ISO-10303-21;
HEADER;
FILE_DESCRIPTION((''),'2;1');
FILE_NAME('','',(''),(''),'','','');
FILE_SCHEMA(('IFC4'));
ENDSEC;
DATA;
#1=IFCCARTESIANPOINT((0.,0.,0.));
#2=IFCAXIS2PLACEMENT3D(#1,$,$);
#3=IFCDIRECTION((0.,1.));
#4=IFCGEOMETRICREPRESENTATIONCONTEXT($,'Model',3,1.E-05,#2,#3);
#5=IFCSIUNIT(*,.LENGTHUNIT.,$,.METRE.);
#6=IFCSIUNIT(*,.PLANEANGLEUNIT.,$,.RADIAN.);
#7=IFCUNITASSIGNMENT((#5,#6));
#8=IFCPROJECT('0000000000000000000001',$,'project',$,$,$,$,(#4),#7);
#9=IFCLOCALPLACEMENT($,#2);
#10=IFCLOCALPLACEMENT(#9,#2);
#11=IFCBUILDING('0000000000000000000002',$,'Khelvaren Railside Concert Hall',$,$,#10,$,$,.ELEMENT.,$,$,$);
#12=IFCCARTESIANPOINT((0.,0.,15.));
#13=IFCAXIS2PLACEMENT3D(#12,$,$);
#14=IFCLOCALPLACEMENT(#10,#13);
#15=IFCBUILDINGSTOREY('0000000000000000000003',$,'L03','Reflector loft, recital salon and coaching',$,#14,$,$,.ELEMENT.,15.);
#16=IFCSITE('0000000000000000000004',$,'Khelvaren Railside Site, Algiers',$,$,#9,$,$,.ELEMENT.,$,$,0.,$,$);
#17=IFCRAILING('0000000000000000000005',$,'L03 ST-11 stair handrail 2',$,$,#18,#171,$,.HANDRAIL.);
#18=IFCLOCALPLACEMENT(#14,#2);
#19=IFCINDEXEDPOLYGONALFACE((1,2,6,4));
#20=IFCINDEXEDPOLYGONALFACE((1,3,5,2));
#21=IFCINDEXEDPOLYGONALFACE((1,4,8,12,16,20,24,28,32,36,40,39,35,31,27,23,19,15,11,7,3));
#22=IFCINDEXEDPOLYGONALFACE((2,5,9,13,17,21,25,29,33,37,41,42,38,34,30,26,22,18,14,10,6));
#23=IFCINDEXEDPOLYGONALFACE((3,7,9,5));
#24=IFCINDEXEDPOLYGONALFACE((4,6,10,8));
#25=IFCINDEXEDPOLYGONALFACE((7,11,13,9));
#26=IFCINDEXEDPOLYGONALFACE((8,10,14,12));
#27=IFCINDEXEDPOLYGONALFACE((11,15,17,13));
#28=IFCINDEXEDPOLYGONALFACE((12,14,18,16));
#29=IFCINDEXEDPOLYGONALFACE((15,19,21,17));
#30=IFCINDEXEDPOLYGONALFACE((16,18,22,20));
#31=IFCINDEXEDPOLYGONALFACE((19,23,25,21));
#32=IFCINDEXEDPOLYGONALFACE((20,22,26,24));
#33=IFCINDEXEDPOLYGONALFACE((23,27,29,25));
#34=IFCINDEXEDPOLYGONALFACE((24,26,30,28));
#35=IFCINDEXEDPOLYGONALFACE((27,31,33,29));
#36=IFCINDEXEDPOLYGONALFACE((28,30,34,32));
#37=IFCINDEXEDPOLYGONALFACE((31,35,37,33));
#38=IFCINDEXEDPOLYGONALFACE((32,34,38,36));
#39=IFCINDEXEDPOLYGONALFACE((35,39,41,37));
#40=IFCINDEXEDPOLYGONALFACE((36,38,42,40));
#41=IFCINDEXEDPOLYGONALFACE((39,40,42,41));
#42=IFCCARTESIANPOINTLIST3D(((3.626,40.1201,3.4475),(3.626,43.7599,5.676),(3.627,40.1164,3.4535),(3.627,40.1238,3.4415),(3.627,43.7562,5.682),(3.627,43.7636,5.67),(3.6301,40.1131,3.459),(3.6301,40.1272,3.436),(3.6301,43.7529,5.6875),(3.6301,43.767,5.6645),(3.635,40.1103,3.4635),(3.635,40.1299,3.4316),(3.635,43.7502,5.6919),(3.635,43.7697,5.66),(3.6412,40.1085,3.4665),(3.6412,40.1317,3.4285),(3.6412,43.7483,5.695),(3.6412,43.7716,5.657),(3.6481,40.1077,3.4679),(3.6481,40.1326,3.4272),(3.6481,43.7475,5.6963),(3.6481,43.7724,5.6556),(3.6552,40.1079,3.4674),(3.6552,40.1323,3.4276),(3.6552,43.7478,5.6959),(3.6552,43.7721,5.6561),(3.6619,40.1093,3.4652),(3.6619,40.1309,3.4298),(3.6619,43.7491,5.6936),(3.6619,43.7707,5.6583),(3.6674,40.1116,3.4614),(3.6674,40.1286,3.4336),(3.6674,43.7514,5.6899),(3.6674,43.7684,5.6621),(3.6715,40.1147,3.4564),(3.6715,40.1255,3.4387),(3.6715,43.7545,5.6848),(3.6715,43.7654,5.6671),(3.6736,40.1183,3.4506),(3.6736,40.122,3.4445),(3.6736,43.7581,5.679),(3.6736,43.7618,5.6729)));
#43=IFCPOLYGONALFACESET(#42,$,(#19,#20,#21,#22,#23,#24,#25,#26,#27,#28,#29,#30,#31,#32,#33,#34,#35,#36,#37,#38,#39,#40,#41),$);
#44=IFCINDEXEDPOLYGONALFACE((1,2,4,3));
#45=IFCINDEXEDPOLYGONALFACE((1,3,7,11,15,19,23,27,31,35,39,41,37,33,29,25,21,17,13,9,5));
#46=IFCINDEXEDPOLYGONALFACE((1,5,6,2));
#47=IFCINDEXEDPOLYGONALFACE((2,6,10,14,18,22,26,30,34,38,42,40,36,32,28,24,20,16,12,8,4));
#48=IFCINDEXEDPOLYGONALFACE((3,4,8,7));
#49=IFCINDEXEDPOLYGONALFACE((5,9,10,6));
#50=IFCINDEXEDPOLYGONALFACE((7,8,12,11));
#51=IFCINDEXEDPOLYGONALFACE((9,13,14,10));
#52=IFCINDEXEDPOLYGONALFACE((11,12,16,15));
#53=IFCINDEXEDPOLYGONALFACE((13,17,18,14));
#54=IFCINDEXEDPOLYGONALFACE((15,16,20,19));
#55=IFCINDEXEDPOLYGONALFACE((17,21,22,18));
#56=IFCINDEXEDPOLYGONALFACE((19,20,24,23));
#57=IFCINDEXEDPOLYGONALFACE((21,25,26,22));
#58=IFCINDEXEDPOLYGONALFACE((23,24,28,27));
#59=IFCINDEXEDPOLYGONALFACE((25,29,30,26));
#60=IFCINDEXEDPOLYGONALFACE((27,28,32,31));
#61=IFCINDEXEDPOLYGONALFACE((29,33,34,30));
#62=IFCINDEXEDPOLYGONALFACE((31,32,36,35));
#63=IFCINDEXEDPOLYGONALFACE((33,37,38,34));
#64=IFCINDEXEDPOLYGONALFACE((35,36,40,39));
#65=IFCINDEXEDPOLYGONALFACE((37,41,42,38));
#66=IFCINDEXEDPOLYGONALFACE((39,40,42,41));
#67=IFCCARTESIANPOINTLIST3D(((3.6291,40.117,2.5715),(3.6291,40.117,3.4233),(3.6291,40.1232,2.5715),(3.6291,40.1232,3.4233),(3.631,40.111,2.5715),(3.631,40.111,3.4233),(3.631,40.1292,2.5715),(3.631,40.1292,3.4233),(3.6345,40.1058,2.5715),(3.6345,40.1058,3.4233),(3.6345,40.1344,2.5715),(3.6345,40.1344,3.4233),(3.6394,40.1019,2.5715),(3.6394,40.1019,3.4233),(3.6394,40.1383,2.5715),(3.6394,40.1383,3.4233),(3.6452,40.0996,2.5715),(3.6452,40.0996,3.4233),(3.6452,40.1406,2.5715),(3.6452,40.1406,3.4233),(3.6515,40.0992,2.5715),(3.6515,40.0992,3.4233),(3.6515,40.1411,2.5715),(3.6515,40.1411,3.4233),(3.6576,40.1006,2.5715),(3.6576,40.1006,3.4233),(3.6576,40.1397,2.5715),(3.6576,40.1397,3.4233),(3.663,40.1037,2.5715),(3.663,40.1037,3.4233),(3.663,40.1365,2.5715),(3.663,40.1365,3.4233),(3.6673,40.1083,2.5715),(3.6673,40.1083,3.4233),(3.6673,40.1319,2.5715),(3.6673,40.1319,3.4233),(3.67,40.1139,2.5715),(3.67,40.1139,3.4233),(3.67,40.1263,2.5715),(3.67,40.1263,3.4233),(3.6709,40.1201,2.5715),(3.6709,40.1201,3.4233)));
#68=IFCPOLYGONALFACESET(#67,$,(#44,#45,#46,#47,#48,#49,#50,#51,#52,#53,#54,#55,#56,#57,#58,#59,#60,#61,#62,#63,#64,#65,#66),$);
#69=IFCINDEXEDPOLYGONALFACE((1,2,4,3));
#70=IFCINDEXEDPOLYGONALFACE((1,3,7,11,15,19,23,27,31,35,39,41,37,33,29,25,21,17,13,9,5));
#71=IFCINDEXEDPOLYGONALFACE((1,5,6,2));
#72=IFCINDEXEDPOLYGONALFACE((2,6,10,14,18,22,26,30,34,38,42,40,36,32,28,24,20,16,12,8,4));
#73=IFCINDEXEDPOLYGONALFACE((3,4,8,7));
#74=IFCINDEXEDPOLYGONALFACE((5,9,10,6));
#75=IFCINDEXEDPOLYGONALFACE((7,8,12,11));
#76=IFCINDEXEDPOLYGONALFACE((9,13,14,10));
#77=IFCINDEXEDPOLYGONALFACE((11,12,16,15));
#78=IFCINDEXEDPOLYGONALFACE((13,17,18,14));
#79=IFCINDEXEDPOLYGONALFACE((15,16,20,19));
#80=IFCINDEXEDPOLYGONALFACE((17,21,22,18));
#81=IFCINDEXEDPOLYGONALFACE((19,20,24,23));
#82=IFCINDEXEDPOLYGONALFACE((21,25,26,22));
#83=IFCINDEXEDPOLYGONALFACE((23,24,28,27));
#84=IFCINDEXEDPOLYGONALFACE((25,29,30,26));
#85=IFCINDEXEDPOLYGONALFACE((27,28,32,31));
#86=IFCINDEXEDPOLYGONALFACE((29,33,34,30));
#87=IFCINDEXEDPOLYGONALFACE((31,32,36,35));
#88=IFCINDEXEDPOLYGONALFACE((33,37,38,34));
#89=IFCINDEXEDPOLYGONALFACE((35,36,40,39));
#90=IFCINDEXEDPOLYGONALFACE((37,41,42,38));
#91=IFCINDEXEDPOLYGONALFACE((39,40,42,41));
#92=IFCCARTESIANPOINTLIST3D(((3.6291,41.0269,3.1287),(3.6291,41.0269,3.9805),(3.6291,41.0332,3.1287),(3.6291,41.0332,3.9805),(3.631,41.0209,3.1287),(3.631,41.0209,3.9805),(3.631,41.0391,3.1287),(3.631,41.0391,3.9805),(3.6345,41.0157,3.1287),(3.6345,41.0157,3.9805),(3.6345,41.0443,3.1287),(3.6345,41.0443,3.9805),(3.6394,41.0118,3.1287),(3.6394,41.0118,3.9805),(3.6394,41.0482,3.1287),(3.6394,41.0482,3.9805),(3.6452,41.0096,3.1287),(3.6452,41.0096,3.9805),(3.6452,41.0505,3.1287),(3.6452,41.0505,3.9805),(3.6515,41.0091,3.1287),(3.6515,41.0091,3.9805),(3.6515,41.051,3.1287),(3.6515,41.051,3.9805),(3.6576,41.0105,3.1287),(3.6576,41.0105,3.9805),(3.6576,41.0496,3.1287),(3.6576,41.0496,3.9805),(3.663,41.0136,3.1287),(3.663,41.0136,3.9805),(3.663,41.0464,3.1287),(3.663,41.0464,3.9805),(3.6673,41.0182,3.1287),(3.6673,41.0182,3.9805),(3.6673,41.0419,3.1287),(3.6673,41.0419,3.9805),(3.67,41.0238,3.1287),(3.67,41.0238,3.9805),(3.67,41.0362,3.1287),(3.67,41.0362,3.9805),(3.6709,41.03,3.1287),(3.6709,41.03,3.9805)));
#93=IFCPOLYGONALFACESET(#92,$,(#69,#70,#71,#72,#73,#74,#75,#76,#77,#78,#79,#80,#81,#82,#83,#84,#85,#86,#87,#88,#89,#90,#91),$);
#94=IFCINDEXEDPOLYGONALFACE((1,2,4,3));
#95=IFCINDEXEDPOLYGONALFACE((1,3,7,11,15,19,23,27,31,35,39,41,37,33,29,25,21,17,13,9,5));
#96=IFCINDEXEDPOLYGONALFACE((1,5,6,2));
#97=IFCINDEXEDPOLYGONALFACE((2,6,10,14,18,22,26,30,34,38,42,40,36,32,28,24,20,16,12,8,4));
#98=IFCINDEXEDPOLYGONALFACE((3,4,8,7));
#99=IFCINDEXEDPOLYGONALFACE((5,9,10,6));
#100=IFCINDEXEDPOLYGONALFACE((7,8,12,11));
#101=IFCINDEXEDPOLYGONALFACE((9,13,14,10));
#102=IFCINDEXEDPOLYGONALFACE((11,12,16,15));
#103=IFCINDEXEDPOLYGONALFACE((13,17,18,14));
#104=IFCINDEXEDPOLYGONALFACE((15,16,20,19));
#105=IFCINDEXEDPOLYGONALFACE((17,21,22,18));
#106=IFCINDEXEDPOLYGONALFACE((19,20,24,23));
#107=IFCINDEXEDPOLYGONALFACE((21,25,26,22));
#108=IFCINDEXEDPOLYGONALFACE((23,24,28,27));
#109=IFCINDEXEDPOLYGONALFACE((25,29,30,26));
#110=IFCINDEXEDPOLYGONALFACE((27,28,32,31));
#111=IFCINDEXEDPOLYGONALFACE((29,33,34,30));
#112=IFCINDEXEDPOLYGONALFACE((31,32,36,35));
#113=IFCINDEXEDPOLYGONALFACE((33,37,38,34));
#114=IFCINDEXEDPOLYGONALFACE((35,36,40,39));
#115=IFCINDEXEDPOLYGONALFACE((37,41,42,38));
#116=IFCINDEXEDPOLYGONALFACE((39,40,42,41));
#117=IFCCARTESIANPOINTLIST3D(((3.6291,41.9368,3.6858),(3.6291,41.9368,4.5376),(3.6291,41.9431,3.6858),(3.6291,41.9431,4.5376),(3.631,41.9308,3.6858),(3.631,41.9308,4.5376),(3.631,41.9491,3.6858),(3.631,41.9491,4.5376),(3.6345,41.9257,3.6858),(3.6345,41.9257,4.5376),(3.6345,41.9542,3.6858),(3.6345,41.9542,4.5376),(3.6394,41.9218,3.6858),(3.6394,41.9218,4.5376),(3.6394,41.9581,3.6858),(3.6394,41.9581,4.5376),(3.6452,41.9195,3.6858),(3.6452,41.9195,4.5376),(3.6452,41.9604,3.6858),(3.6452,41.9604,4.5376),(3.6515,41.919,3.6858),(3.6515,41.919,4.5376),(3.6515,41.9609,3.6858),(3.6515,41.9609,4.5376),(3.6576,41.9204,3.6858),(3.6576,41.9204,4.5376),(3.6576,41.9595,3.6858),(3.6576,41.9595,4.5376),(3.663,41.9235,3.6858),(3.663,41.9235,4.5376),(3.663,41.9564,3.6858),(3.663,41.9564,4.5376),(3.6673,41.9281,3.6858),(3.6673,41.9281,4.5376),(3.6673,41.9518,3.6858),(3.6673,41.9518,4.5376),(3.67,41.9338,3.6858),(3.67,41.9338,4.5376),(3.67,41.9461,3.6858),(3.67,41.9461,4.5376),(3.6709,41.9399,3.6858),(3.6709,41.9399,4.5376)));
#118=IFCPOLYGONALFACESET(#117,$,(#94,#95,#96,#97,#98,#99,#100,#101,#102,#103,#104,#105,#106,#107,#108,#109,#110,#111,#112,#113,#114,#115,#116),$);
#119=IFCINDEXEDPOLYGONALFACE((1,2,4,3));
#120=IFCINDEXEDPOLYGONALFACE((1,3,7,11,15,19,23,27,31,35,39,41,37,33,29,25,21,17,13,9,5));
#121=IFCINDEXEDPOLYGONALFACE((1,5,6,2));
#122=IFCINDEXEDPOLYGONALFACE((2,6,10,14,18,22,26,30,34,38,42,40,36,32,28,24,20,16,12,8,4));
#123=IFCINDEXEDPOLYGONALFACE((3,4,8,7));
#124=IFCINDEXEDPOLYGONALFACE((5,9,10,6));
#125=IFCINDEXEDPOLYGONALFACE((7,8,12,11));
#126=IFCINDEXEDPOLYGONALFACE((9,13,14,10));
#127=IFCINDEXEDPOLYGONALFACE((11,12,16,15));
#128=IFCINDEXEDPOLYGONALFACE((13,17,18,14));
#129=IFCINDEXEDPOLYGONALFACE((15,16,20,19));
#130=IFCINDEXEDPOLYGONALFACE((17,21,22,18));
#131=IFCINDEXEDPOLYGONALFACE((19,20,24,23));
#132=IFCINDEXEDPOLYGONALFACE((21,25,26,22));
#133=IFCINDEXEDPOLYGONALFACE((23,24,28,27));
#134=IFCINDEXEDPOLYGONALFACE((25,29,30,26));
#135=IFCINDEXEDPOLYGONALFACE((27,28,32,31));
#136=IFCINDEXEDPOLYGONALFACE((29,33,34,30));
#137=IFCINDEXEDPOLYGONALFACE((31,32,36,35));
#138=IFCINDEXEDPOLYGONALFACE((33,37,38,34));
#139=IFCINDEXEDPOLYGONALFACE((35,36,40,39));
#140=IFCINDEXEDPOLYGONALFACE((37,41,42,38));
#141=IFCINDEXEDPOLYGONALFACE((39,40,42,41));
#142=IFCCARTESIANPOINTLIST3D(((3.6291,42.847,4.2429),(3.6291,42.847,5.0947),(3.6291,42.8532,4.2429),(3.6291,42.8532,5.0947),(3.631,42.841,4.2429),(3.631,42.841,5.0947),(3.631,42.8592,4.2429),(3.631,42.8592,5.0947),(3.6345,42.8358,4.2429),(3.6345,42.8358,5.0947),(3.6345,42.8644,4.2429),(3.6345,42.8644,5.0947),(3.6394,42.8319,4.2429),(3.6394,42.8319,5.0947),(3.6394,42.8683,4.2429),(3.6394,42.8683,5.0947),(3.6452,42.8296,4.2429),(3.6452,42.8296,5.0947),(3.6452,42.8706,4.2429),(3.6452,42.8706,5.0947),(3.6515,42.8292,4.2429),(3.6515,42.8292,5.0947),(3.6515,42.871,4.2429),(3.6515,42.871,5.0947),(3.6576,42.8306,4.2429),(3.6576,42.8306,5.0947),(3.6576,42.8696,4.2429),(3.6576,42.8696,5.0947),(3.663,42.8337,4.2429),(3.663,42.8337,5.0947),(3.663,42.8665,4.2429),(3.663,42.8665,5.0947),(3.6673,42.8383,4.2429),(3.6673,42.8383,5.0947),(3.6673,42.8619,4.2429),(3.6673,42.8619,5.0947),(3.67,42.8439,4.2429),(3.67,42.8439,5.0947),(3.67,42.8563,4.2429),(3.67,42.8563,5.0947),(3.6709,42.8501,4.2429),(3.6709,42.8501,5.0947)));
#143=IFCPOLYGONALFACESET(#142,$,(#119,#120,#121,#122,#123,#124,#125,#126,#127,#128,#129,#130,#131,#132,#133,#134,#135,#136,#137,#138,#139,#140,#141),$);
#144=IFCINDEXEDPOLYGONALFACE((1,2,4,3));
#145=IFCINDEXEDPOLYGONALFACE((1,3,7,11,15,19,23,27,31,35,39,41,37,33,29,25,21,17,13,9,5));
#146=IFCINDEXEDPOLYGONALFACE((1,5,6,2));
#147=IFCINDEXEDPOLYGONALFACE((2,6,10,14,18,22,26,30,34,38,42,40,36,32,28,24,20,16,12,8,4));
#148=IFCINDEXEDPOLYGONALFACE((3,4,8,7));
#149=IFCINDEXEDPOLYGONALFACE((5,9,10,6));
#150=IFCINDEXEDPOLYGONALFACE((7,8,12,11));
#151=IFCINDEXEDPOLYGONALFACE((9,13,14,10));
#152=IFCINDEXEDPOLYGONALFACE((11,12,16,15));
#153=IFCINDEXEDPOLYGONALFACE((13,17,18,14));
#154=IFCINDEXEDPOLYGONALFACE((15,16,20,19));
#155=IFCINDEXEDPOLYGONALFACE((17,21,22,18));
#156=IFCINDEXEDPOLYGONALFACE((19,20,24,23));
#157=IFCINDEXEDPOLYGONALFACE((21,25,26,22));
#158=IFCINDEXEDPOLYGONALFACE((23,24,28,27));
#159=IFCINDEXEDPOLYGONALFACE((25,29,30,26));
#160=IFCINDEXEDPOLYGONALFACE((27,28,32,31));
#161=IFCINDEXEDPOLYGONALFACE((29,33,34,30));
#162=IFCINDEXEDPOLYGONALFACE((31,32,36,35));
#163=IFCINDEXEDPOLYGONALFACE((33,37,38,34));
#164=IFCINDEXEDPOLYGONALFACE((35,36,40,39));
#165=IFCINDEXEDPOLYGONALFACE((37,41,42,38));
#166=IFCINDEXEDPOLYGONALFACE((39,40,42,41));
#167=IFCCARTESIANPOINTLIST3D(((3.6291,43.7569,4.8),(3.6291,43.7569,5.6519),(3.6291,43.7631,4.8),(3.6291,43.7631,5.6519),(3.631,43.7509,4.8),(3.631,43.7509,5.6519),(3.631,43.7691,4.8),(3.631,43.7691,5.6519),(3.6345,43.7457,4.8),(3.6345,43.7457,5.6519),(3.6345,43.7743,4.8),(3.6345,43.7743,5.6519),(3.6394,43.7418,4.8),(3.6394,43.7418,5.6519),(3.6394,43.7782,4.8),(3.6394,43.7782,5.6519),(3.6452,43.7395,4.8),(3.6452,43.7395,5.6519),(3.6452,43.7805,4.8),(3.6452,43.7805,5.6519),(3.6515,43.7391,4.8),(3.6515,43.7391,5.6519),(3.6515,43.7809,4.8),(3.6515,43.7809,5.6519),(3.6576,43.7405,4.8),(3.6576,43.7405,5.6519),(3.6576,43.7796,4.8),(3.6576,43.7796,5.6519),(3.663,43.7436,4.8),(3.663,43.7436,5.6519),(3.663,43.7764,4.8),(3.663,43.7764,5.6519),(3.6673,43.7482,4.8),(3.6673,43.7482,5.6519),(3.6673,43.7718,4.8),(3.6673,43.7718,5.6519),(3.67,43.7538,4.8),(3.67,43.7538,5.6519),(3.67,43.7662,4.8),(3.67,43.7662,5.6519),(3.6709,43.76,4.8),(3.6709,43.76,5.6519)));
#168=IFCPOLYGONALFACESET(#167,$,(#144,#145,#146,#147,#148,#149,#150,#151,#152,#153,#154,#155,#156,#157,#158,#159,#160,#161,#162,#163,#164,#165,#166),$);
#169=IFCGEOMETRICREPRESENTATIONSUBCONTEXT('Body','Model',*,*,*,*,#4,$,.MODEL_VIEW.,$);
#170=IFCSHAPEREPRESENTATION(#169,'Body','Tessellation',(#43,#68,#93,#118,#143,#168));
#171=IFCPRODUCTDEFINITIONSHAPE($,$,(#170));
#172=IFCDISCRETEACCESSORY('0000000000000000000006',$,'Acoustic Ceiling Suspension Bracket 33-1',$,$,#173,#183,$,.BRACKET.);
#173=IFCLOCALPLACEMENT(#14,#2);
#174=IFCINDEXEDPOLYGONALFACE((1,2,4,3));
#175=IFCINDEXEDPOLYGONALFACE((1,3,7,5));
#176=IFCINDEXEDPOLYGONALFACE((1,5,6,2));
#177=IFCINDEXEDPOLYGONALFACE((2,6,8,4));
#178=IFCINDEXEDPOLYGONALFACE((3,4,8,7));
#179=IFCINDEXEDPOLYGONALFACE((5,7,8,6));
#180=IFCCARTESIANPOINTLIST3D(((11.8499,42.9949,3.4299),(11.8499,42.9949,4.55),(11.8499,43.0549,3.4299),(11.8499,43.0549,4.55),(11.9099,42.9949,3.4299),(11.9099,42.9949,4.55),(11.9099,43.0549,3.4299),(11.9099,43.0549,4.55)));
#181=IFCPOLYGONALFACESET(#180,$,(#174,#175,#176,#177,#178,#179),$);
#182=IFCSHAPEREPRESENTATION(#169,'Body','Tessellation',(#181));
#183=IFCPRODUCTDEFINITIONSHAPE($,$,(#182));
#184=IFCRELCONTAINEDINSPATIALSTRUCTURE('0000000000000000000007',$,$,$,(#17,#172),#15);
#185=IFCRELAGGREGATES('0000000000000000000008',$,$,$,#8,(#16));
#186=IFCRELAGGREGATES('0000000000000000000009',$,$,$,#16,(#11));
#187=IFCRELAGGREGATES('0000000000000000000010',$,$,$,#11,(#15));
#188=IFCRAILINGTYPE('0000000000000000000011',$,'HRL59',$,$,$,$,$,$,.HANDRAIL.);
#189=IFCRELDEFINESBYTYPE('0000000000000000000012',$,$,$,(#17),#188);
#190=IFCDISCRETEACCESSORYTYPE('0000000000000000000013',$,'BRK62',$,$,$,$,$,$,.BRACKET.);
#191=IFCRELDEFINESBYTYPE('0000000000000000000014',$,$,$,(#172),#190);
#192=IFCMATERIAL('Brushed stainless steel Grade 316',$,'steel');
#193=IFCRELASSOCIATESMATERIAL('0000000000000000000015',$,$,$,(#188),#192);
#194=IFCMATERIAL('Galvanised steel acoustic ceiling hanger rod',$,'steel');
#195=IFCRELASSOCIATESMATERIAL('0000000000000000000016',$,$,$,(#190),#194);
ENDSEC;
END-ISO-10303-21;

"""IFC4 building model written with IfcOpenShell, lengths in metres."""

from ifc_helpers import new_model, si_unit, direction, frame, origin, origin_2d, place, context, subcontext, project, spatial, rectangle, circle, extrude, material, type_object, element, save


model = new_model("IFC4")

# Units and contexts
model_context = context("Model", 3, precision=1e-05, world=origin(), true_north=direction((0.0, 1.0)))
body_context = subcontext(model_context, "Body", "Model", "MODEL_VIEW")
ifc_project = project(units=[si_unit("LENGTHUNIT", "METRE"), si_unit("PLANEANGLEUNIT", "RADIAN")], contexts=[model_context])

# Site, building, storey
site_placement = place(None, origin())
site = spatial("IfcSite", under=ifc_project, at=site_placement, Name="Khelvaren Railside Site, Algiers", CompositionType="ELEMENT", RefElevation=0.0)
building_placement = place(site_placement, origin())
building = spatial("IfcBuilding", under=site, at=building_placement, Name="Khelvaren Railside Concert Hall", CompositionType="ELEMENT")
storey_placement = place(building_placement, frame((0.0, 0.0, 15.0)))
storey = spatial("IfcBuildingStorey", under=building, at=storey_placement, Name="L03", Description="Reflector loft, recital salon and coaching", CompositionType="ELEMENT", Elevation=15.0)

# Railing
ifc_material_1 = material(Name="Brushed stainless steel Grade 316", Category="steel")
railing_type_1 = type_object("IfcRailingType", Name="HRL59", PredefinedType="HANDRAIL", material=ifc_material_1)
railing_1_placement = place(storey_placement, frame((3.6499, 40.1201, 2.5715)))
element("IfcRailing", 1, at=railing_1_placement, inside=storey, type_object=railing_type_1, Name="L03 ST-11 stair handrail 2", PredefinedType="HANDRAIL", context=body_context, shape_type="SweptSolid", body=[
    extrude(circle(Radius=0.0239, at=origin_2d()), frame((0.0, 0.0, 0.876), z_axis=(0.0, 0.85285, 0.522156), x_axis=(-1.0, 0.0, 0.0)), (0.0, 0.0, 1.0), 4.2678),
    extrude(circle(Radius=0.021, at=origin_2d()), origin(), (0.0, 0.0, 1.0), 0.8518),
    extrude(circle(Radius=0.021, at=origin_2d()), frame((0.0, 0.9099, 0.5571)), (0.0, 0.0, 1.0), 0.8518),
    extrude(circle(Radius=0.021, at=origin_2d()), frame((0.0, 1.8198, 1.1143)), (0.0, 0.0, 1.0), 0.8518),
    extrude(circle(Radius=0.021, at=origin_2d()), frame((0.0, 2.73, 1.6714)), (0.0, 0.0, 1.0), 0.8518),
    extrude(circle(Radius=0.021, at=origin_2d()), frame((0.0, 3.6399, 2.2285)), (0.0, 0.0, 1.0), 0.8518),
])

# Discrete accessory
ifc_material_2 = material(Name="Galvanised steel acoustic ceiling hanger rod", Category="steel")
discrete_accessory_type = type_object("IfcDiscreteAccessoryType", Name="BRK62", PredefinedType="BRACKET", material=ifc_material_2)
discrete_accessory_placement = place(storey_placement, frame((11.8799, 43.0249, 3.4299), z_axis=(0.0, 0.0, 1.0), x_axis=(1.0, 0.0, 0.0)))
element("IfcDiscreteAccessory", 2, at=discrete_accessory_placement, inside=storey, type_object=discrete_accessory_type, Name="Acoustic Ceiling Suspension Bracket 33-1", PredefinedType="BRACKET", context=body_context, shape_type="SweptSolid", body=[
    extrude(rectangle(XDim=0.0601, YDim=0.0601, at=origin_2d()), origin(), (0.0, 0.0, 1.0), 1.1201),
])

save(model, "model.ifc")
